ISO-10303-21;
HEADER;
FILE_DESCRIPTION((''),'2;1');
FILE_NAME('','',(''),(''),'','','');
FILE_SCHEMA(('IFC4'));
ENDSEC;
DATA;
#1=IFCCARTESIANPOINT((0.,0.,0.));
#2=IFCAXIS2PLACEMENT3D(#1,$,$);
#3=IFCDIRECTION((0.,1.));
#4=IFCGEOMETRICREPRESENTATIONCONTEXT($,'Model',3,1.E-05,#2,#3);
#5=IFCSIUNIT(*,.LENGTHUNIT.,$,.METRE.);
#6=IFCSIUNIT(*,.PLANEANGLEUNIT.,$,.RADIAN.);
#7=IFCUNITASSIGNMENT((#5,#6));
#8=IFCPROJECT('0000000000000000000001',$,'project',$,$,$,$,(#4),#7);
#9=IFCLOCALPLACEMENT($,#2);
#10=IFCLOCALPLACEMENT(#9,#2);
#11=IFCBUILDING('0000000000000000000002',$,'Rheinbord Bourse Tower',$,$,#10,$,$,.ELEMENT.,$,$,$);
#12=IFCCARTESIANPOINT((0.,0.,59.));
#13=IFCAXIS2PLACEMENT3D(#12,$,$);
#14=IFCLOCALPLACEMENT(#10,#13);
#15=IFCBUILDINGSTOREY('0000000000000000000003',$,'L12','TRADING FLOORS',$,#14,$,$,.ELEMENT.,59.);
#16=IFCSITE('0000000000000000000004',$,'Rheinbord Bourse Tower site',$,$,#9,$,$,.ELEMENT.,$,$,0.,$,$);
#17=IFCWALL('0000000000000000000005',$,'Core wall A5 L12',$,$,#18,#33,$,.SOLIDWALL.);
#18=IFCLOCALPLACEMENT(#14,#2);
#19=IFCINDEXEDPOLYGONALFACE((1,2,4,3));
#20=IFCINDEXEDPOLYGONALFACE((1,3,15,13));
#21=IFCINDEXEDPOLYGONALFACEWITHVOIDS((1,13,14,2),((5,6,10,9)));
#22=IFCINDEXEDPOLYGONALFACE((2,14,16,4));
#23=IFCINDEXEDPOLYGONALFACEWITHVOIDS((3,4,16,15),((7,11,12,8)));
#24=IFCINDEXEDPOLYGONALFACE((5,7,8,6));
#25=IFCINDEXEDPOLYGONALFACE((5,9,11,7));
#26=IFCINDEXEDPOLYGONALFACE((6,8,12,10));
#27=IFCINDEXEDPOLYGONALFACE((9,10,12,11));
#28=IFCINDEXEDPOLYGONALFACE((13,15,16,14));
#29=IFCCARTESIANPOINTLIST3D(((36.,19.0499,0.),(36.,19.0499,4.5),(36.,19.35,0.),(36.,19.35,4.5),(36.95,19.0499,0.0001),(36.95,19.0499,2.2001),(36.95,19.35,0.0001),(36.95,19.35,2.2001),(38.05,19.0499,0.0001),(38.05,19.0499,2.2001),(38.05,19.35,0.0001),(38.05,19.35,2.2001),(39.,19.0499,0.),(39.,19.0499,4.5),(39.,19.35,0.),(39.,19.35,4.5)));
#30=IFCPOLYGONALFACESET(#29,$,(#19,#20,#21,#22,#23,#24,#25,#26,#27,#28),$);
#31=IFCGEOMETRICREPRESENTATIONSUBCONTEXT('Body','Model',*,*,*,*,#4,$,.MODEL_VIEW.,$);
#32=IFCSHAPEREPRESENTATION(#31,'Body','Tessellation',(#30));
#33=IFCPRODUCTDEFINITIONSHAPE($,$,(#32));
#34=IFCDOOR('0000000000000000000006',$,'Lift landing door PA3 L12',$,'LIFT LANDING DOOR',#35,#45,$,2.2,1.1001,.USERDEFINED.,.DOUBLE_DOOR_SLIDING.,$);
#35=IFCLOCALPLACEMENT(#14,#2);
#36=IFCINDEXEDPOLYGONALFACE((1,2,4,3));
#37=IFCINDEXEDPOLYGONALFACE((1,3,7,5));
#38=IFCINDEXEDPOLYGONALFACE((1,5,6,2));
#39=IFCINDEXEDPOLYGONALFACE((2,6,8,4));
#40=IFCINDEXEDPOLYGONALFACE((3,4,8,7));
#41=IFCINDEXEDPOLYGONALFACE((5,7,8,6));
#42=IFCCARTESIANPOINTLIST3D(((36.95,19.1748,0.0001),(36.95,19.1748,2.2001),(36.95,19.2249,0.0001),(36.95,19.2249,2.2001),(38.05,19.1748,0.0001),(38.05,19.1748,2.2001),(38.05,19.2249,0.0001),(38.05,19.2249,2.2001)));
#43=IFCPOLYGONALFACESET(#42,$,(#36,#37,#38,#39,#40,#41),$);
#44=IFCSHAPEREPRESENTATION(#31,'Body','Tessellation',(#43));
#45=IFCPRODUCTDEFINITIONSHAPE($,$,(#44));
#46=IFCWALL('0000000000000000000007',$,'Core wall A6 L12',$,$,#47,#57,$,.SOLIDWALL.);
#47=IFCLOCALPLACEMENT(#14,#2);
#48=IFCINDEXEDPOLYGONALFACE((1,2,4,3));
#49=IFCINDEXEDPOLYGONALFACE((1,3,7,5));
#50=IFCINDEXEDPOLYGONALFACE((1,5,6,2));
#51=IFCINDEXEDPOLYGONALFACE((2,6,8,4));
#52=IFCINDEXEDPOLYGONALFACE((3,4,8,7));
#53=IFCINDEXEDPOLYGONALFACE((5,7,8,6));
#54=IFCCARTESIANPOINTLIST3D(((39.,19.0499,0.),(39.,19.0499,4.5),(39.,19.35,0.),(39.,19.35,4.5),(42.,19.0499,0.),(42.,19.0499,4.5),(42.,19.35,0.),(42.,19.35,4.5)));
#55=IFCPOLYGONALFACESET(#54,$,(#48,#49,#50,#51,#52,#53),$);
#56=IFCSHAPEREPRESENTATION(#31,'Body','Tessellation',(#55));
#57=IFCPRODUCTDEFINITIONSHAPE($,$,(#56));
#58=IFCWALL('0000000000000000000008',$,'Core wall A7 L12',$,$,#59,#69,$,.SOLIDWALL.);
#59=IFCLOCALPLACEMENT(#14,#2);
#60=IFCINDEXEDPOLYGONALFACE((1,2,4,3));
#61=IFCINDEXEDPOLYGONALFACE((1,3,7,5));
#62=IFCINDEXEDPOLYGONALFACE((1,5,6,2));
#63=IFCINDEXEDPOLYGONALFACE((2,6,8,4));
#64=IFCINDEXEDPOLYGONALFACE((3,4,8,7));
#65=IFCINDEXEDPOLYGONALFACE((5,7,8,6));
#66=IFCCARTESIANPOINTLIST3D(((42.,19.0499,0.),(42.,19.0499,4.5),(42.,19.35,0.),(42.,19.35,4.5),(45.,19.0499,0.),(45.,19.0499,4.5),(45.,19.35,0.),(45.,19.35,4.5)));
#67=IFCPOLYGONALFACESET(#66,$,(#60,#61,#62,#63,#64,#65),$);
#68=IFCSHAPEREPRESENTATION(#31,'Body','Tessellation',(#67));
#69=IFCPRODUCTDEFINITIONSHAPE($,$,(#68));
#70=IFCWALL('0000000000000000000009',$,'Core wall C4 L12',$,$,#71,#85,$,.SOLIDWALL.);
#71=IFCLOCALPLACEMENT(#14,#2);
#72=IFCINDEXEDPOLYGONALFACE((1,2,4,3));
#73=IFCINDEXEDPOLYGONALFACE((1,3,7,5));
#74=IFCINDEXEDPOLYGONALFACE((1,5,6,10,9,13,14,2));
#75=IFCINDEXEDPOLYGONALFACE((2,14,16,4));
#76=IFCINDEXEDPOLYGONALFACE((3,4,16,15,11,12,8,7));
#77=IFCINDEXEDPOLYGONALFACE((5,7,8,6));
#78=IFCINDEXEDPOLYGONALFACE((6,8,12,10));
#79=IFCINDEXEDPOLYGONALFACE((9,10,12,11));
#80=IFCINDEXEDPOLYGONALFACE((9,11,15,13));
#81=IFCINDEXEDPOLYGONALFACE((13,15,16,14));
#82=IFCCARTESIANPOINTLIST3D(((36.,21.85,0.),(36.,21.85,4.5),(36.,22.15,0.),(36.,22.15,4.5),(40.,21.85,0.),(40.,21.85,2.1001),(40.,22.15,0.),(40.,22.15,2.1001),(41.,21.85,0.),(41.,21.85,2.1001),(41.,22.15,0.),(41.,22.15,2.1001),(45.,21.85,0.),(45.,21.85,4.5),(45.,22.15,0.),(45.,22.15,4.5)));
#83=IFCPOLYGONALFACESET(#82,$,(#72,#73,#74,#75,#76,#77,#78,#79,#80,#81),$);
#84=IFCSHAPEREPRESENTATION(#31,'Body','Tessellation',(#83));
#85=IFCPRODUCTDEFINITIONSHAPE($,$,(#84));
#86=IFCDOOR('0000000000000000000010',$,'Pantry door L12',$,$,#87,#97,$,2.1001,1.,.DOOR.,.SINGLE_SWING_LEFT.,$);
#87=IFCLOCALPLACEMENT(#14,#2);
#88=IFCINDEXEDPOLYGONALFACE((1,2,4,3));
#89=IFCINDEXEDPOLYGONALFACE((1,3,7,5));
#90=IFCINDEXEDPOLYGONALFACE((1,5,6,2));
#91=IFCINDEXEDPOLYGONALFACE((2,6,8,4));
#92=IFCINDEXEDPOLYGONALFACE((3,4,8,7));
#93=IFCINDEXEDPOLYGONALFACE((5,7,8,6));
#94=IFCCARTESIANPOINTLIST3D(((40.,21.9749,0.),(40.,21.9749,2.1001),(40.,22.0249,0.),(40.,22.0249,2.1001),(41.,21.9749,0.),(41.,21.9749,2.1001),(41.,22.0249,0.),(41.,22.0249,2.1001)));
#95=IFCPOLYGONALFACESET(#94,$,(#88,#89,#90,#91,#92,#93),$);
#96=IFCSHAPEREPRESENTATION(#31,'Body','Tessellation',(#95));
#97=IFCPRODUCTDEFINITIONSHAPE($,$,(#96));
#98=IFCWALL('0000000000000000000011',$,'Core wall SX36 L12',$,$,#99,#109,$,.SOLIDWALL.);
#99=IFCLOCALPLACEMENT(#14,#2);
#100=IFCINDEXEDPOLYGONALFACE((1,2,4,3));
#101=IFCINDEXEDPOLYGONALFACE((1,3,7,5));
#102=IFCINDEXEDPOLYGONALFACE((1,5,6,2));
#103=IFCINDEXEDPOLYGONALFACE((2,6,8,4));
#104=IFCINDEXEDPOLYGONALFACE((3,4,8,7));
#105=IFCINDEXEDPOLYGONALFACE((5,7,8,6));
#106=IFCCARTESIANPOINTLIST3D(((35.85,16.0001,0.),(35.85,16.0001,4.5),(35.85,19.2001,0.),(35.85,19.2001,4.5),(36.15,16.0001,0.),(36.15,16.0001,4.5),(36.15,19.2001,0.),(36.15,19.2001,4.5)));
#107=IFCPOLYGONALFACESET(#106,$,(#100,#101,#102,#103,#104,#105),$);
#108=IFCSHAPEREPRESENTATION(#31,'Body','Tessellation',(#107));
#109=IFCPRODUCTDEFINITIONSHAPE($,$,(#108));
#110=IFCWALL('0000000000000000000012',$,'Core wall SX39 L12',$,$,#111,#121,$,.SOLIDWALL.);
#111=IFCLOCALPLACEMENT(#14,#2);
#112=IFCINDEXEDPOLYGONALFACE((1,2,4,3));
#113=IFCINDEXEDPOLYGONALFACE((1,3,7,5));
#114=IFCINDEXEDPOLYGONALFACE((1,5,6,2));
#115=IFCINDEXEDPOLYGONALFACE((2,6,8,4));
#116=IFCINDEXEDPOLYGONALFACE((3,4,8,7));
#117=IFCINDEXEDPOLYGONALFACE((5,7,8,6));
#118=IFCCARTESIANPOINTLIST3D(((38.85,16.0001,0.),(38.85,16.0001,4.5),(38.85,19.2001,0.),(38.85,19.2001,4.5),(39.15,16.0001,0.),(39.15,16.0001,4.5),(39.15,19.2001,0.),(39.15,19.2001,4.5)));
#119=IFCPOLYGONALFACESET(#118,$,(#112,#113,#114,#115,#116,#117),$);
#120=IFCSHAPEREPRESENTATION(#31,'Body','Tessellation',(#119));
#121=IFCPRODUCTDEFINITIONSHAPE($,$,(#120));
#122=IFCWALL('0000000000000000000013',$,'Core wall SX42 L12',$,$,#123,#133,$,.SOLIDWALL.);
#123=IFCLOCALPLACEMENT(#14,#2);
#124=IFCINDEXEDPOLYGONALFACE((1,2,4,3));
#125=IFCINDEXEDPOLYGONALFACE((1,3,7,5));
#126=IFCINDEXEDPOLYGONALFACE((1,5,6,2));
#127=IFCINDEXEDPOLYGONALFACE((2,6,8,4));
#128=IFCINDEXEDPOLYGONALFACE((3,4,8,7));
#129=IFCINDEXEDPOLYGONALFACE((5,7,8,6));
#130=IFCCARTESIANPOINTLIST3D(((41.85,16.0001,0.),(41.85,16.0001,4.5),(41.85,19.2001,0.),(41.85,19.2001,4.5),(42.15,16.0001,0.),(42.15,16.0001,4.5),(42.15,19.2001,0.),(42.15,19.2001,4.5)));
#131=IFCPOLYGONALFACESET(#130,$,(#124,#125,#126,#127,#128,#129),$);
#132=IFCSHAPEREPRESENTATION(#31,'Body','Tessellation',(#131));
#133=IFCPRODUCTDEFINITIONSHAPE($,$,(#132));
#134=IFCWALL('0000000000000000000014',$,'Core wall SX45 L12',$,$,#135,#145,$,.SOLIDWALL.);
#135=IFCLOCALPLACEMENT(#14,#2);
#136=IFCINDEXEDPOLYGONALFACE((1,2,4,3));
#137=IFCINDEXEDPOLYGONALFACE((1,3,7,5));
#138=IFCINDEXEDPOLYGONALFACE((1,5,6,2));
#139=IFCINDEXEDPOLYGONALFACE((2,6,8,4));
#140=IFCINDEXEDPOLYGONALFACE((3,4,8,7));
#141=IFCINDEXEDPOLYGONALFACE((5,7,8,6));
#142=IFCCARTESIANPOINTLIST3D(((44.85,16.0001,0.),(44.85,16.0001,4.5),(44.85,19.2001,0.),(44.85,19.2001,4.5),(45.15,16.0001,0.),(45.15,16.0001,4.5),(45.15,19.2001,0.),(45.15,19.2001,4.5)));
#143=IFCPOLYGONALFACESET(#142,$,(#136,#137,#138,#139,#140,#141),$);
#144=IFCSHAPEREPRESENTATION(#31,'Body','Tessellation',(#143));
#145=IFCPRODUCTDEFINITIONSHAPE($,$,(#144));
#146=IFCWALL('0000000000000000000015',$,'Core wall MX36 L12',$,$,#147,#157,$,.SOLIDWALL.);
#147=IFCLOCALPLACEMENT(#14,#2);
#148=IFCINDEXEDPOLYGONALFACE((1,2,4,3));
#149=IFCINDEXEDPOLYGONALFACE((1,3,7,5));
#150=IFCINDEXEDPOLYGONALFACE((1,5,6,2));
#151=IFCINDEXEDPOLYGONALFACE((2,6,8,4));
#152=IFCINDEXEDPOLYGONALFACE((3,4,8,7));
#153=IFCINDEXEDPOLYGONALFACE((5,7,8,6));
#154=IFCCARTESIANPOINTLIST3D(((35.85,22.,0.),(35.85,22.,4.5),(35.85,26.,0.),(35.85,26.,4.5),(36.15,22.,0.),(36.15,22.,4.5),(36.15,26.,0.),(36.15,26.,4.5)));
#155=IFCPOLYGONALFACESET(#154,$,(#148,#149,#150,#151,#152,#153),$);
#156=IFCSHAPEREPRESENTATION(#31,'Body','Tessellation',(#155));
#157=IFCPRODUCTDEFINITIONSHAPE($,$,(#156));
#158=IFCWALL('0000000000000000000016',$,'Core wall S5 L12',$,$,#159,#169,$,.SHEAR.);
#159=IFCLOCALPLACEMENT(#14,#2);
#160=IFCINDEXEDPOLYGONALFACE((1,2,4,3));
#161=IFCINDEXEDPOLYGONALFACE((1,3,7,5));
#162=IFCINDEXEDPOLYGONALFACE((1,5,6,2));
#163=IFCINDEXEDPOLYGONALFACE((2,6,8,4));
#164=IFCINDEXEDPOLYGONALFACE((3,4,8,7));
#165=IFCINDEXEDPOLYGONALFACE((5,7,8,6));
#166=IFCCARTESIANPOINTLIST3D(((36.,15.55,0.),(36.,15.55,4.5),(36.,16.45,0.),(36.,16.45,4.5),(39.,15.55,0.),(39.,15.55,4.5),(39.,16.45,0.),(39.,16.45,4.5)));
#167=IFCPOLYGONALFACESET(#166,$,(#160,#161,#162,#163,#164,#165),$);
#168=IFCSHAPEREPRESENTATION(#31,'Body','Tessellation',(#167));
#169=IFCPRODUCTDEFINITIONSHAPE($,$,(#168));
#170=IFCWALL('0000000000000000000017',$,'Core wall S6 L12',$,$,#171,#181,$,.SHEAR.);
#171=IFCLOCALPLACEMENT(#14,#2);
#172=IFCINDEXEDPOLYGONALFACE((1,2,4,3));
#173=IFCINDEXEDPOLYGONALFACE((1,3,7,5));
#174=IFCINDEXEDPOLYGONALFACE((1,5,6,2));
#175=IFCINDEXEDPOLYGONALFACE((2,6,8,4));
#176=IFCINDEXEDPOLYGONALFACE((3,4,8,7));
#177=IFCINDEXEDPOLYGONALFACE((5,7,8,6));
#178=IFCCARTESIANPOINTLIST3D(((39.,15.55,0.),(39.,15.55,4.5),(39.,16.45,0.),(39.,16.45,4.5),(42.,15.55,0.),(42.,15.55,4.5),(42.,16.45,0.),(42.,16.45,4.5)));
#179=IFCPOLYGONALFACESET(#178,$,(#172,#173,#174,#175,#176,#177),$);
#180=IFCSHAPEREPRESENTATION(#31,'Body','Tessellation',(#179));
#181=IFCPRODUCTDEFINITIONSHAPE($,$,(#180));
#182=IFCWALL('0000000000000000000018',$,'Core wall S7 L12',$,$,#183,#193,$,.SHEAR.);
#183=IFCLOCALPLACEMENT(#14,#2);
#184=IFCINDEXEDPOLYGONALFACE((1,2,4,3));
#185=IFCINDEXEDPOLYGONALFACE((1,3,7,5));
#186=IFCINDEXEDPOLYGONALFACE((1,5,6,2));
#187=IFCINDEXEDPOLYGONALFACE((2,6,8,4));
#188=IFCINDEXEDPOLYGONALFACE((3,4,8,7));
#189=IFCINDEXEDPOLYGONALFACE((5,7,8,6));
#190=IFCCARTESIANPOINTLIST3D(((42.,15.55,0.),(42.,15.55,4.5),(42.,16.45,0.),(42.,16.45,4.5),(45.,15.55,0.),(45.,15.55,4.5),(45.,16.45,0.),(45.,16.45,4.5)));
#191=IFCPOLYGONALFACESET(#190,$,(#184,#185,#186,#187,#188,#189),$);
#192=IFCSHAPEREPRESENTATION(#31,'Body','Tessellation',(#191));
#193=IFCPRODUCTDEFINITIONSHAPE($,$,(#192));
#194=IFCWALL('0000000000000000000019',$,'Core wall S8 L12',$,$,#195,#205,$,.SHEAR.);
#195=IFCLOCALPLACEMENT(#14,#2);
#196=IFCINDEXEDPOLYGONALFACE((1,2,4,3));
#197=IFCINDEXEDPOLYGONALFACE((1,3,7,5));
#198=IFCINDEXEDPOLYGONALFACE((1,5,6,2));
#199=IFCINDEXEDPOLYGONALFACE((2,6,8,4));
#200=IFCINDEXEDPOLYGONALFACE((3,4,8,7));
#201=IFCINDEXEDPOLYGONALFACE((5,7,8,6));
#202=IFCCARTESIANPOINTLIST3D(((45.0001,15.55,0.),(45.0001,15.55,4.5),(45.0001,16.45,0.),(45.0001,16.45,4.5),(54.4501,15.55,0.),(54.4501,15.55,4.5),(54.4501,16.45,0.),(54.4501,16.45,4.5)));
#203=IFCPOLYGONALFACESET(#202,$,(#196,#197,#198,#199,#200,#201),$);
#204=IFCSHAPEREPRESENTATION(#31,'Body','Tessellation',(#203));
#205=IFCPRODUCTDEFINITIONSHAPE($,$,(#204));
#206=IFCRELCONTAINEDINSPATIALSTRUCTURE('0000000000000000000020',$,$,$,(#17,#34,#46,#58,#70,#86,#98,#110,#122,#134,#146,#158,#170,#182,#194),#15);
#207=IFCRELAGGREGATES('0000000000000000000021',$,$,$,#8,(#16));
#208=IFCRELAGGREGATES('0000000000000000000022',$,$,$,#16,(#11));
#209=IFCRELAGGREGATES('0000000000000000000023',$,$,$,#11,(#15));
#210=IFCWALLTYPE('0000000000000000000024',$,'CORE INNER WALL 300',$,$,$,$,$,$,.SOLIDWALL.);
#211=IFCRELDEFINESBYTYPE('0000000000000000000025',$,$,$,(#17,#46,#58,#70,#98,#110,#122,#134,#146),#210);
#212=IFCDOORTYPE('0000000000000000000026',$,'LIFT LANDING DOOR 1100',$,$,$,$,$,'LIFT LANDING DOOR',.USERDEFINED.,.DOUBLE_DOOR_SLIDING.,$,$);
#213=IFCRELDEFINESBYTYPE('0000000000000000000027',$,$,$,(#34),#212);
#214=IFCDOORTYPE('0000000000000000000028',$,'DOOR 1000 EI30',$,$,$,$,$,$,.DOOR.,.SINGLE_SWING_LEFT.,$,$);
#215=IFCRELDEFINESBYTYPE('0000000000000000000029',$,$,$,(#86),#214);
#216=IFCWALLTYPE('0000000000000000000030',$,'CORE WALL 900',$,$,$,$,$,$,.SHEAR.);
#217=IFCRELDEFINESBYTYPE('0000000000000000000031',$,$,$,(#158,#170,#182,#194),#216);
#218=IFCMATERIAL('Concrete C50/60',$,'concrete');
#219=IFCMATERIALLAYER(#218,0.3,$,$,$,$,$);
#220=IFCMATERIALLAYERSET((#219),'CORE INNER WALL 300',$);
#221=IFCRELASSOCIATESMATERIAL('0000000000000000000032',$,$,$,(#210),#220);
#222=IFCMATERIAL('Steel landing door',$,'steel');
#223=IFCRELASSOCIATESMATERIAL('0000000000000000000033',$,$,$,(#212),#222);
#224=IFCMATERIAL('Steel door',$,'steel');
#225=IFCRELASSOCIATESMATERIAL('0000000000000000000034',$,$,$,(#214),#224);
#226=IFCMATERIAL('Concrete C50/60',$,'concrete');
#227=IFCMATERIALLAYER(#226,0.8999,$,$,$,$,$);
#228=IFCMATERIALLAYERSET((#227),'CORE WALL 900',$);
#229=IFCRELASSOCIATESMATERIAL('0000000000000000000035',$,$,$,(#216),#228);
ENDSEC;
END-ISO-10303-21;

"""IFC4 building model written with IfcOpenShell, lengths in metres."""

from ifc_helpers import new_model, si_unit, direction, frame, frame_2d, origin, place, context, subcontext, project, spatial, rectangle, extrude, material, layer, layer_set, type_object, element, fill, save


model = new_model("IFC4")

# Units and contexts
model_context = context("Model", 3, precision=1e-05, world=origin(), true_north=direction((0.0, 1.0)))
body_context = subcontext(model_context, "Body", "Model", "MODEL_VIEW")
ifc_project = project(units=[si_unit("LENGTHUNIT", "METRE"), si_unit("PLANEANGLEUNIT", "RADIAN")], contexts=[model_context])

# Site, building, storey
site_placement = place(None, origin())
site = spatial("IfcSite", under=ifc_project, at=site_placement, Name="Rheinbord Bourse Tower site", CompositionType="ELEMENT", RefElevation=0.0)
building_placement = place(site_placement, origin())
building = spatial("IfcBuilding", under=site, at=building_placement, Name="Rheinbord Bourse Tower", CompositionType="ELEMENT")
storey_placement = place(building_placement, frame((0.0, 0.0, 59.0)))
storey = spatial("IfcBuildingStorey", under=building, at=storey_placement, Name="L12", Description="TRADING FLOORS", CompositionType="ELEMENT", Elevation=59.0)

# Wall, opening, door
ifc_material_1 = material(Name="Concrete C50/60", Category="concrete")
ifc_layer_1 = layer(ifc_material_1, 0.3)
ifc_layer_set_1 = layer_set([ifc_layer_1], Name="CORE INNER WALL 300")
wall_type_1 = type_object("IfcWallType", Name="CORE INNER WALL 300", PredefinedType="SOLIDWALL", material=ifc_layer_set_1)
wall_1_placement = place(storey_placement, frame((36.0, 19.2, 0.0), z_axis=(0.0, 0.0, 1.0), x_axis=(1.0, 0.0, 0.0)))
wall_1 = element("IfcWall", 1, at=wall_1_placement, inside=storey, type_object=wall_type_1, Name="Core wall A5 L12", PredefinedType="SOLIDWALL", context=body_context, shape_type="SweptSolid", body=[
    extrude(rectangle(XDim=3.0, YDim=0.3, at=frame_2d((1.5, 0.0))), origin(), (0.0, 0.0, 1.0), 4.5),
])
opening_1_placement = place(wall_1_placement, frame((0.95, 0.0, 0.0)))
opening_1 = element("IfcOpeningElement", 2, at=opening_1_placement, cuts=wall_1, PredefinedType="OPENING", context=body_context, shape_type="SweptSolid", body=[
    extrude(rectangle(XDim=1.1001, YDim=2.2, at=frame_2d((0.55, 1.1001))), frame((0.0, 0.1599, 0.0), z_axis=(0.0, -1.0, 0.0), x_axis=(1.0, 0.0, 0.0)), (0.0, 0.0, 1.0), 0.3201),
])
ifc_material_2 = material(Name="Steel landing door", Category="steel")
door_type_1 = type_object("IfcDoorType", Name="LIFT LANDING DOOR 1100", ElementType="LIFT LANDING DOOR", OperationType="DOUBLE_DOOR_SLIDING", PredefinedType="USERDEFINED", material=ifc_material_2)
door_1_placement = place(opening_1_placement, origin())
door_1 = element("IfcDoor", 3, at=door_1_placement, inside=storey, type_object=door_type_1, Name="Lift landing door PA3 L12", ObjectType="LIFT LANDING DOOR", OperationType="DOUBLE_DOOR_SLIDING", OverallHeight=2.2, OverallWidth=1.1001, PredefinedType="USERDEFINED", context=body_context, shape_type="SweptSolid", body=[
    extrude(rectangle(XDim=1.1001, YDim=2.2, at=frame_2d((0.55, 1.1001))), frame((0.0, 0.0249, 0.0), z_axis=(0.0, -1.0, 0.0), x_axis=(1.0, 0.0, 0.0)), (0.0, 0.0, 1.0), 0.05),
])
fill(opening_1, door_1)

# Walls
for number, where, z_axis, x_axis, name in (
    (4, (39.0, 19.2, 0.0), (0.0, 0.0, 1.0), (1.0, 0.0, 0.0), "Core wall A6 L12"),
    (5, (42.0, 19.2, 0.0), (0.0, 0.0, 1.0), (1.0, 0.0, 0.0), "Core wall A7 L12"),
):
    element("IfcWall", number, at=place(storey_placement, frame(where, z_axis=z_axis, x_axis=x_axis)), inside=storey, type_object=wall_type_1, Name=name, PredefinedType="SOLIDWALL", context=body_context, shape_type="SweptSolid", body=[
        extrude(rectangle(XDim=3.0, YDim=0.3, at=frame_2d((1.5, 0.0))), origin(), (0.0, 0.0, 1.0), 4.5),
    ])

# Wall, opening, door
wall_2_placement = place(storey_placement, frame((36.0, 22.0, 0.0), z_axis=(0.0, 0.0, 1.0), x_axis=(1.0, 0.0, 0.0)))
wall_2 = element("IfcWall", 6, at=wall_2_placement, inside=storey, type_object=wall_type_1, Name="Core wall C4 L12", PredefinedType="SOLIDWALL", context=body_context, shape_type="SweptSolid", body=[
    extrude(rectangle(XDim=9.0, YDim=0.3, at=frame_2d((4.5, 0.0))), origin(), (0.0, 0.0, 1.0), 4.5),
])
opening_2_placement = place(wall_2_placement, frame((4.0, 0.0, 0.0)))
opening_2 = element("IfcOpeningElement", 7, at=opening_2_placement, cuts=wall_2, PredefinedType="OPENING", context=body_context, shape_type="SweptSolid", body=[
    extrude(rectangle(XDim=1.0, YDim=2.1001, at=frame_2d((0.5, 1.05))), frame((0.0, 0.1599, 0.0), z_axis=(0.0, -1.0, 0.0), x_axis=(1.0, 0.0, 0.0)), (0.0, 0.0, 1.0), 0.3201),
])
ifc_material_3 = material(Name="Steel door", Category="steel")
door_type_2 = type_object("IfcDoorType", Name="DOOR 1000 EI30", OperationType="SINGLE_SWING_LEFT", PredefinedType="DOOR", material=ifc_material_3)
door_2_placement = place(opening_2_placement, origin())
door_2 = element("IfcDoor", 8, at=door_2_placement, inside=storey, type_object=door_type_2, Name="Pantry door L12", OperationType="SINGLE_SWING_LEFT", OverallHeight=2.1001, OverallWidth=1.0, PredefinedType="DOOR", context=body_context, shape_type="SweptSolid", body=[
    extrude(rectangle(XDim=1.0, YDim=2.1001, at=frame_2d((0.5, 1.05))), frame((0.0, 0.0249, 0.0), z_axis=(0.0, -1.0, 0.0), x_axis=(1.0, 0.0, 0.0)), (0.0, 0.0, 1.0), 0.05),
])
fill(opening_2, door_2)

# Walls
for number, where, z_axis, x_axis, name in (
    (9, (36.0, 16.0, 0.0), (0.0, 0.0, 1.0), (0.0, 1.0, 0.0), "Core wall SX36 L12"),
    (10, (39.0, 16.0, 0.0), (0.0, 0.0, 1.0), (0.0, 1.0, 0.0), "Core wall SX39 L12"),
    (11, (42.0, 16.0, 0.0), (0.0, 0.0, 1.0), (0.0, 1.0, 0.0), "Core wall SX42 L12"),
    (12, (45.0, 16.0, 0.0), (0.0, 0.0, 1.0), (0.0, 1.0, 0.0), "Core wall SX45 L12"),
):
    element("IfcWall", number, at=place(storey_placement, frame(where, z_axis=z_axis, x_axis=x_axis)), inside=storey, type_object=wall_type_1, Name=name, PredefinedType="SOLIDWALL", context=body_context, shape_type="SweptSolid", body=[
        extrude(rectangle(XDim=3.2, YDim=0.3, at=frame_2d((1.6001, 0.0))), origin(), (0.0, 0.0, 1.0), 4.5),
    ])
wall_3_placement = place(storey_placement, frame((36.0, 22.0, 0.0), z_axis=(0.0, 0.0, 1.0), x_axis=(0.0, 1.0, 0.0)))
element("IfcWall", 13, at=wall_3_placement, inside=storey, type_object=wall_type_1, Name="Core wall MX36 L12", PredefinedType="SOLIDWALL", context=body_context, shape_type="SweptSolid", body=[
    extrude(rectangle(XDim=4.0, YDim=0.3, at=frame_2d((2.0, 0.0))), origin(), (0.0, 0.0, 1.0), 4.5),
])
ifc_material_4 = material(Name="Concrete C50/60", Category="concrete")
ifc_layer_2 = layer(ifc_material_4, 0.8999)
ifc_layer_set_2 = layer_set([ifc_layer_2], Name="CORE WALL 900")
wall_type_2 = type_object("IfcWallType", Name="CORE WALL 900", PredefinedType="SHEAR", material=ifc_layer_set_2)
for number, where, z_axis, x_axis, name in (
    (14, (36.0, 16.0, 0.0), (0.0, 0.0, 1.0), (1.0, 0.0, 0.0), "Core wall S5 L12"),
    (15, (39.0, 16.0, 0.0), (0.0, 0.0, 1.0), (1.0, 0.0, 0.0), "Core wall S6 L12"),
    (16, (42.0, 16.0, 0.0), (0.0, 0.0, 1.0), (1.0, 0.0, 0.0), "Core wall S7 L12"),
):
    element("IfcWall", number, at=place(storey_placement, frame(where, z_axis=z_axis, x_axis=x_axis)), inside=storey, type_object=wall_type_2, Name=name, PredefinedType="SHEAR", context=body_context, shape_type="SweptSolid", body=[
        extrude(rectangle(XDim=3.0, YDim=0.8999, at=frame_2d((1.5, 0.0))), origin(), (0.0, 0.0, 1.0), 4.5),
    ])
wall_4_placement = place(storey_placement, frame((45.0, 16.0, 0.0), z_axis=(0.0, 0.0, 1.0), x_axis=(1.0, 0.0, 0.0)))
element("IfcWall", 17, at=wall_4_placement, inside=storey, type_object=wall_type_2, Name="Core wall S8 L12", PredefinedType="SHEAR", context=body_context, shape_type="SweptSolid", body=[
    extrude(rectangle(XDim=9.45, YDim=0.8999, at=frame_2d((4.7251, 0.0))), origin(), (0.0, 0.0, 1.0), 4.5),
])

save(model, "model.ifc")
